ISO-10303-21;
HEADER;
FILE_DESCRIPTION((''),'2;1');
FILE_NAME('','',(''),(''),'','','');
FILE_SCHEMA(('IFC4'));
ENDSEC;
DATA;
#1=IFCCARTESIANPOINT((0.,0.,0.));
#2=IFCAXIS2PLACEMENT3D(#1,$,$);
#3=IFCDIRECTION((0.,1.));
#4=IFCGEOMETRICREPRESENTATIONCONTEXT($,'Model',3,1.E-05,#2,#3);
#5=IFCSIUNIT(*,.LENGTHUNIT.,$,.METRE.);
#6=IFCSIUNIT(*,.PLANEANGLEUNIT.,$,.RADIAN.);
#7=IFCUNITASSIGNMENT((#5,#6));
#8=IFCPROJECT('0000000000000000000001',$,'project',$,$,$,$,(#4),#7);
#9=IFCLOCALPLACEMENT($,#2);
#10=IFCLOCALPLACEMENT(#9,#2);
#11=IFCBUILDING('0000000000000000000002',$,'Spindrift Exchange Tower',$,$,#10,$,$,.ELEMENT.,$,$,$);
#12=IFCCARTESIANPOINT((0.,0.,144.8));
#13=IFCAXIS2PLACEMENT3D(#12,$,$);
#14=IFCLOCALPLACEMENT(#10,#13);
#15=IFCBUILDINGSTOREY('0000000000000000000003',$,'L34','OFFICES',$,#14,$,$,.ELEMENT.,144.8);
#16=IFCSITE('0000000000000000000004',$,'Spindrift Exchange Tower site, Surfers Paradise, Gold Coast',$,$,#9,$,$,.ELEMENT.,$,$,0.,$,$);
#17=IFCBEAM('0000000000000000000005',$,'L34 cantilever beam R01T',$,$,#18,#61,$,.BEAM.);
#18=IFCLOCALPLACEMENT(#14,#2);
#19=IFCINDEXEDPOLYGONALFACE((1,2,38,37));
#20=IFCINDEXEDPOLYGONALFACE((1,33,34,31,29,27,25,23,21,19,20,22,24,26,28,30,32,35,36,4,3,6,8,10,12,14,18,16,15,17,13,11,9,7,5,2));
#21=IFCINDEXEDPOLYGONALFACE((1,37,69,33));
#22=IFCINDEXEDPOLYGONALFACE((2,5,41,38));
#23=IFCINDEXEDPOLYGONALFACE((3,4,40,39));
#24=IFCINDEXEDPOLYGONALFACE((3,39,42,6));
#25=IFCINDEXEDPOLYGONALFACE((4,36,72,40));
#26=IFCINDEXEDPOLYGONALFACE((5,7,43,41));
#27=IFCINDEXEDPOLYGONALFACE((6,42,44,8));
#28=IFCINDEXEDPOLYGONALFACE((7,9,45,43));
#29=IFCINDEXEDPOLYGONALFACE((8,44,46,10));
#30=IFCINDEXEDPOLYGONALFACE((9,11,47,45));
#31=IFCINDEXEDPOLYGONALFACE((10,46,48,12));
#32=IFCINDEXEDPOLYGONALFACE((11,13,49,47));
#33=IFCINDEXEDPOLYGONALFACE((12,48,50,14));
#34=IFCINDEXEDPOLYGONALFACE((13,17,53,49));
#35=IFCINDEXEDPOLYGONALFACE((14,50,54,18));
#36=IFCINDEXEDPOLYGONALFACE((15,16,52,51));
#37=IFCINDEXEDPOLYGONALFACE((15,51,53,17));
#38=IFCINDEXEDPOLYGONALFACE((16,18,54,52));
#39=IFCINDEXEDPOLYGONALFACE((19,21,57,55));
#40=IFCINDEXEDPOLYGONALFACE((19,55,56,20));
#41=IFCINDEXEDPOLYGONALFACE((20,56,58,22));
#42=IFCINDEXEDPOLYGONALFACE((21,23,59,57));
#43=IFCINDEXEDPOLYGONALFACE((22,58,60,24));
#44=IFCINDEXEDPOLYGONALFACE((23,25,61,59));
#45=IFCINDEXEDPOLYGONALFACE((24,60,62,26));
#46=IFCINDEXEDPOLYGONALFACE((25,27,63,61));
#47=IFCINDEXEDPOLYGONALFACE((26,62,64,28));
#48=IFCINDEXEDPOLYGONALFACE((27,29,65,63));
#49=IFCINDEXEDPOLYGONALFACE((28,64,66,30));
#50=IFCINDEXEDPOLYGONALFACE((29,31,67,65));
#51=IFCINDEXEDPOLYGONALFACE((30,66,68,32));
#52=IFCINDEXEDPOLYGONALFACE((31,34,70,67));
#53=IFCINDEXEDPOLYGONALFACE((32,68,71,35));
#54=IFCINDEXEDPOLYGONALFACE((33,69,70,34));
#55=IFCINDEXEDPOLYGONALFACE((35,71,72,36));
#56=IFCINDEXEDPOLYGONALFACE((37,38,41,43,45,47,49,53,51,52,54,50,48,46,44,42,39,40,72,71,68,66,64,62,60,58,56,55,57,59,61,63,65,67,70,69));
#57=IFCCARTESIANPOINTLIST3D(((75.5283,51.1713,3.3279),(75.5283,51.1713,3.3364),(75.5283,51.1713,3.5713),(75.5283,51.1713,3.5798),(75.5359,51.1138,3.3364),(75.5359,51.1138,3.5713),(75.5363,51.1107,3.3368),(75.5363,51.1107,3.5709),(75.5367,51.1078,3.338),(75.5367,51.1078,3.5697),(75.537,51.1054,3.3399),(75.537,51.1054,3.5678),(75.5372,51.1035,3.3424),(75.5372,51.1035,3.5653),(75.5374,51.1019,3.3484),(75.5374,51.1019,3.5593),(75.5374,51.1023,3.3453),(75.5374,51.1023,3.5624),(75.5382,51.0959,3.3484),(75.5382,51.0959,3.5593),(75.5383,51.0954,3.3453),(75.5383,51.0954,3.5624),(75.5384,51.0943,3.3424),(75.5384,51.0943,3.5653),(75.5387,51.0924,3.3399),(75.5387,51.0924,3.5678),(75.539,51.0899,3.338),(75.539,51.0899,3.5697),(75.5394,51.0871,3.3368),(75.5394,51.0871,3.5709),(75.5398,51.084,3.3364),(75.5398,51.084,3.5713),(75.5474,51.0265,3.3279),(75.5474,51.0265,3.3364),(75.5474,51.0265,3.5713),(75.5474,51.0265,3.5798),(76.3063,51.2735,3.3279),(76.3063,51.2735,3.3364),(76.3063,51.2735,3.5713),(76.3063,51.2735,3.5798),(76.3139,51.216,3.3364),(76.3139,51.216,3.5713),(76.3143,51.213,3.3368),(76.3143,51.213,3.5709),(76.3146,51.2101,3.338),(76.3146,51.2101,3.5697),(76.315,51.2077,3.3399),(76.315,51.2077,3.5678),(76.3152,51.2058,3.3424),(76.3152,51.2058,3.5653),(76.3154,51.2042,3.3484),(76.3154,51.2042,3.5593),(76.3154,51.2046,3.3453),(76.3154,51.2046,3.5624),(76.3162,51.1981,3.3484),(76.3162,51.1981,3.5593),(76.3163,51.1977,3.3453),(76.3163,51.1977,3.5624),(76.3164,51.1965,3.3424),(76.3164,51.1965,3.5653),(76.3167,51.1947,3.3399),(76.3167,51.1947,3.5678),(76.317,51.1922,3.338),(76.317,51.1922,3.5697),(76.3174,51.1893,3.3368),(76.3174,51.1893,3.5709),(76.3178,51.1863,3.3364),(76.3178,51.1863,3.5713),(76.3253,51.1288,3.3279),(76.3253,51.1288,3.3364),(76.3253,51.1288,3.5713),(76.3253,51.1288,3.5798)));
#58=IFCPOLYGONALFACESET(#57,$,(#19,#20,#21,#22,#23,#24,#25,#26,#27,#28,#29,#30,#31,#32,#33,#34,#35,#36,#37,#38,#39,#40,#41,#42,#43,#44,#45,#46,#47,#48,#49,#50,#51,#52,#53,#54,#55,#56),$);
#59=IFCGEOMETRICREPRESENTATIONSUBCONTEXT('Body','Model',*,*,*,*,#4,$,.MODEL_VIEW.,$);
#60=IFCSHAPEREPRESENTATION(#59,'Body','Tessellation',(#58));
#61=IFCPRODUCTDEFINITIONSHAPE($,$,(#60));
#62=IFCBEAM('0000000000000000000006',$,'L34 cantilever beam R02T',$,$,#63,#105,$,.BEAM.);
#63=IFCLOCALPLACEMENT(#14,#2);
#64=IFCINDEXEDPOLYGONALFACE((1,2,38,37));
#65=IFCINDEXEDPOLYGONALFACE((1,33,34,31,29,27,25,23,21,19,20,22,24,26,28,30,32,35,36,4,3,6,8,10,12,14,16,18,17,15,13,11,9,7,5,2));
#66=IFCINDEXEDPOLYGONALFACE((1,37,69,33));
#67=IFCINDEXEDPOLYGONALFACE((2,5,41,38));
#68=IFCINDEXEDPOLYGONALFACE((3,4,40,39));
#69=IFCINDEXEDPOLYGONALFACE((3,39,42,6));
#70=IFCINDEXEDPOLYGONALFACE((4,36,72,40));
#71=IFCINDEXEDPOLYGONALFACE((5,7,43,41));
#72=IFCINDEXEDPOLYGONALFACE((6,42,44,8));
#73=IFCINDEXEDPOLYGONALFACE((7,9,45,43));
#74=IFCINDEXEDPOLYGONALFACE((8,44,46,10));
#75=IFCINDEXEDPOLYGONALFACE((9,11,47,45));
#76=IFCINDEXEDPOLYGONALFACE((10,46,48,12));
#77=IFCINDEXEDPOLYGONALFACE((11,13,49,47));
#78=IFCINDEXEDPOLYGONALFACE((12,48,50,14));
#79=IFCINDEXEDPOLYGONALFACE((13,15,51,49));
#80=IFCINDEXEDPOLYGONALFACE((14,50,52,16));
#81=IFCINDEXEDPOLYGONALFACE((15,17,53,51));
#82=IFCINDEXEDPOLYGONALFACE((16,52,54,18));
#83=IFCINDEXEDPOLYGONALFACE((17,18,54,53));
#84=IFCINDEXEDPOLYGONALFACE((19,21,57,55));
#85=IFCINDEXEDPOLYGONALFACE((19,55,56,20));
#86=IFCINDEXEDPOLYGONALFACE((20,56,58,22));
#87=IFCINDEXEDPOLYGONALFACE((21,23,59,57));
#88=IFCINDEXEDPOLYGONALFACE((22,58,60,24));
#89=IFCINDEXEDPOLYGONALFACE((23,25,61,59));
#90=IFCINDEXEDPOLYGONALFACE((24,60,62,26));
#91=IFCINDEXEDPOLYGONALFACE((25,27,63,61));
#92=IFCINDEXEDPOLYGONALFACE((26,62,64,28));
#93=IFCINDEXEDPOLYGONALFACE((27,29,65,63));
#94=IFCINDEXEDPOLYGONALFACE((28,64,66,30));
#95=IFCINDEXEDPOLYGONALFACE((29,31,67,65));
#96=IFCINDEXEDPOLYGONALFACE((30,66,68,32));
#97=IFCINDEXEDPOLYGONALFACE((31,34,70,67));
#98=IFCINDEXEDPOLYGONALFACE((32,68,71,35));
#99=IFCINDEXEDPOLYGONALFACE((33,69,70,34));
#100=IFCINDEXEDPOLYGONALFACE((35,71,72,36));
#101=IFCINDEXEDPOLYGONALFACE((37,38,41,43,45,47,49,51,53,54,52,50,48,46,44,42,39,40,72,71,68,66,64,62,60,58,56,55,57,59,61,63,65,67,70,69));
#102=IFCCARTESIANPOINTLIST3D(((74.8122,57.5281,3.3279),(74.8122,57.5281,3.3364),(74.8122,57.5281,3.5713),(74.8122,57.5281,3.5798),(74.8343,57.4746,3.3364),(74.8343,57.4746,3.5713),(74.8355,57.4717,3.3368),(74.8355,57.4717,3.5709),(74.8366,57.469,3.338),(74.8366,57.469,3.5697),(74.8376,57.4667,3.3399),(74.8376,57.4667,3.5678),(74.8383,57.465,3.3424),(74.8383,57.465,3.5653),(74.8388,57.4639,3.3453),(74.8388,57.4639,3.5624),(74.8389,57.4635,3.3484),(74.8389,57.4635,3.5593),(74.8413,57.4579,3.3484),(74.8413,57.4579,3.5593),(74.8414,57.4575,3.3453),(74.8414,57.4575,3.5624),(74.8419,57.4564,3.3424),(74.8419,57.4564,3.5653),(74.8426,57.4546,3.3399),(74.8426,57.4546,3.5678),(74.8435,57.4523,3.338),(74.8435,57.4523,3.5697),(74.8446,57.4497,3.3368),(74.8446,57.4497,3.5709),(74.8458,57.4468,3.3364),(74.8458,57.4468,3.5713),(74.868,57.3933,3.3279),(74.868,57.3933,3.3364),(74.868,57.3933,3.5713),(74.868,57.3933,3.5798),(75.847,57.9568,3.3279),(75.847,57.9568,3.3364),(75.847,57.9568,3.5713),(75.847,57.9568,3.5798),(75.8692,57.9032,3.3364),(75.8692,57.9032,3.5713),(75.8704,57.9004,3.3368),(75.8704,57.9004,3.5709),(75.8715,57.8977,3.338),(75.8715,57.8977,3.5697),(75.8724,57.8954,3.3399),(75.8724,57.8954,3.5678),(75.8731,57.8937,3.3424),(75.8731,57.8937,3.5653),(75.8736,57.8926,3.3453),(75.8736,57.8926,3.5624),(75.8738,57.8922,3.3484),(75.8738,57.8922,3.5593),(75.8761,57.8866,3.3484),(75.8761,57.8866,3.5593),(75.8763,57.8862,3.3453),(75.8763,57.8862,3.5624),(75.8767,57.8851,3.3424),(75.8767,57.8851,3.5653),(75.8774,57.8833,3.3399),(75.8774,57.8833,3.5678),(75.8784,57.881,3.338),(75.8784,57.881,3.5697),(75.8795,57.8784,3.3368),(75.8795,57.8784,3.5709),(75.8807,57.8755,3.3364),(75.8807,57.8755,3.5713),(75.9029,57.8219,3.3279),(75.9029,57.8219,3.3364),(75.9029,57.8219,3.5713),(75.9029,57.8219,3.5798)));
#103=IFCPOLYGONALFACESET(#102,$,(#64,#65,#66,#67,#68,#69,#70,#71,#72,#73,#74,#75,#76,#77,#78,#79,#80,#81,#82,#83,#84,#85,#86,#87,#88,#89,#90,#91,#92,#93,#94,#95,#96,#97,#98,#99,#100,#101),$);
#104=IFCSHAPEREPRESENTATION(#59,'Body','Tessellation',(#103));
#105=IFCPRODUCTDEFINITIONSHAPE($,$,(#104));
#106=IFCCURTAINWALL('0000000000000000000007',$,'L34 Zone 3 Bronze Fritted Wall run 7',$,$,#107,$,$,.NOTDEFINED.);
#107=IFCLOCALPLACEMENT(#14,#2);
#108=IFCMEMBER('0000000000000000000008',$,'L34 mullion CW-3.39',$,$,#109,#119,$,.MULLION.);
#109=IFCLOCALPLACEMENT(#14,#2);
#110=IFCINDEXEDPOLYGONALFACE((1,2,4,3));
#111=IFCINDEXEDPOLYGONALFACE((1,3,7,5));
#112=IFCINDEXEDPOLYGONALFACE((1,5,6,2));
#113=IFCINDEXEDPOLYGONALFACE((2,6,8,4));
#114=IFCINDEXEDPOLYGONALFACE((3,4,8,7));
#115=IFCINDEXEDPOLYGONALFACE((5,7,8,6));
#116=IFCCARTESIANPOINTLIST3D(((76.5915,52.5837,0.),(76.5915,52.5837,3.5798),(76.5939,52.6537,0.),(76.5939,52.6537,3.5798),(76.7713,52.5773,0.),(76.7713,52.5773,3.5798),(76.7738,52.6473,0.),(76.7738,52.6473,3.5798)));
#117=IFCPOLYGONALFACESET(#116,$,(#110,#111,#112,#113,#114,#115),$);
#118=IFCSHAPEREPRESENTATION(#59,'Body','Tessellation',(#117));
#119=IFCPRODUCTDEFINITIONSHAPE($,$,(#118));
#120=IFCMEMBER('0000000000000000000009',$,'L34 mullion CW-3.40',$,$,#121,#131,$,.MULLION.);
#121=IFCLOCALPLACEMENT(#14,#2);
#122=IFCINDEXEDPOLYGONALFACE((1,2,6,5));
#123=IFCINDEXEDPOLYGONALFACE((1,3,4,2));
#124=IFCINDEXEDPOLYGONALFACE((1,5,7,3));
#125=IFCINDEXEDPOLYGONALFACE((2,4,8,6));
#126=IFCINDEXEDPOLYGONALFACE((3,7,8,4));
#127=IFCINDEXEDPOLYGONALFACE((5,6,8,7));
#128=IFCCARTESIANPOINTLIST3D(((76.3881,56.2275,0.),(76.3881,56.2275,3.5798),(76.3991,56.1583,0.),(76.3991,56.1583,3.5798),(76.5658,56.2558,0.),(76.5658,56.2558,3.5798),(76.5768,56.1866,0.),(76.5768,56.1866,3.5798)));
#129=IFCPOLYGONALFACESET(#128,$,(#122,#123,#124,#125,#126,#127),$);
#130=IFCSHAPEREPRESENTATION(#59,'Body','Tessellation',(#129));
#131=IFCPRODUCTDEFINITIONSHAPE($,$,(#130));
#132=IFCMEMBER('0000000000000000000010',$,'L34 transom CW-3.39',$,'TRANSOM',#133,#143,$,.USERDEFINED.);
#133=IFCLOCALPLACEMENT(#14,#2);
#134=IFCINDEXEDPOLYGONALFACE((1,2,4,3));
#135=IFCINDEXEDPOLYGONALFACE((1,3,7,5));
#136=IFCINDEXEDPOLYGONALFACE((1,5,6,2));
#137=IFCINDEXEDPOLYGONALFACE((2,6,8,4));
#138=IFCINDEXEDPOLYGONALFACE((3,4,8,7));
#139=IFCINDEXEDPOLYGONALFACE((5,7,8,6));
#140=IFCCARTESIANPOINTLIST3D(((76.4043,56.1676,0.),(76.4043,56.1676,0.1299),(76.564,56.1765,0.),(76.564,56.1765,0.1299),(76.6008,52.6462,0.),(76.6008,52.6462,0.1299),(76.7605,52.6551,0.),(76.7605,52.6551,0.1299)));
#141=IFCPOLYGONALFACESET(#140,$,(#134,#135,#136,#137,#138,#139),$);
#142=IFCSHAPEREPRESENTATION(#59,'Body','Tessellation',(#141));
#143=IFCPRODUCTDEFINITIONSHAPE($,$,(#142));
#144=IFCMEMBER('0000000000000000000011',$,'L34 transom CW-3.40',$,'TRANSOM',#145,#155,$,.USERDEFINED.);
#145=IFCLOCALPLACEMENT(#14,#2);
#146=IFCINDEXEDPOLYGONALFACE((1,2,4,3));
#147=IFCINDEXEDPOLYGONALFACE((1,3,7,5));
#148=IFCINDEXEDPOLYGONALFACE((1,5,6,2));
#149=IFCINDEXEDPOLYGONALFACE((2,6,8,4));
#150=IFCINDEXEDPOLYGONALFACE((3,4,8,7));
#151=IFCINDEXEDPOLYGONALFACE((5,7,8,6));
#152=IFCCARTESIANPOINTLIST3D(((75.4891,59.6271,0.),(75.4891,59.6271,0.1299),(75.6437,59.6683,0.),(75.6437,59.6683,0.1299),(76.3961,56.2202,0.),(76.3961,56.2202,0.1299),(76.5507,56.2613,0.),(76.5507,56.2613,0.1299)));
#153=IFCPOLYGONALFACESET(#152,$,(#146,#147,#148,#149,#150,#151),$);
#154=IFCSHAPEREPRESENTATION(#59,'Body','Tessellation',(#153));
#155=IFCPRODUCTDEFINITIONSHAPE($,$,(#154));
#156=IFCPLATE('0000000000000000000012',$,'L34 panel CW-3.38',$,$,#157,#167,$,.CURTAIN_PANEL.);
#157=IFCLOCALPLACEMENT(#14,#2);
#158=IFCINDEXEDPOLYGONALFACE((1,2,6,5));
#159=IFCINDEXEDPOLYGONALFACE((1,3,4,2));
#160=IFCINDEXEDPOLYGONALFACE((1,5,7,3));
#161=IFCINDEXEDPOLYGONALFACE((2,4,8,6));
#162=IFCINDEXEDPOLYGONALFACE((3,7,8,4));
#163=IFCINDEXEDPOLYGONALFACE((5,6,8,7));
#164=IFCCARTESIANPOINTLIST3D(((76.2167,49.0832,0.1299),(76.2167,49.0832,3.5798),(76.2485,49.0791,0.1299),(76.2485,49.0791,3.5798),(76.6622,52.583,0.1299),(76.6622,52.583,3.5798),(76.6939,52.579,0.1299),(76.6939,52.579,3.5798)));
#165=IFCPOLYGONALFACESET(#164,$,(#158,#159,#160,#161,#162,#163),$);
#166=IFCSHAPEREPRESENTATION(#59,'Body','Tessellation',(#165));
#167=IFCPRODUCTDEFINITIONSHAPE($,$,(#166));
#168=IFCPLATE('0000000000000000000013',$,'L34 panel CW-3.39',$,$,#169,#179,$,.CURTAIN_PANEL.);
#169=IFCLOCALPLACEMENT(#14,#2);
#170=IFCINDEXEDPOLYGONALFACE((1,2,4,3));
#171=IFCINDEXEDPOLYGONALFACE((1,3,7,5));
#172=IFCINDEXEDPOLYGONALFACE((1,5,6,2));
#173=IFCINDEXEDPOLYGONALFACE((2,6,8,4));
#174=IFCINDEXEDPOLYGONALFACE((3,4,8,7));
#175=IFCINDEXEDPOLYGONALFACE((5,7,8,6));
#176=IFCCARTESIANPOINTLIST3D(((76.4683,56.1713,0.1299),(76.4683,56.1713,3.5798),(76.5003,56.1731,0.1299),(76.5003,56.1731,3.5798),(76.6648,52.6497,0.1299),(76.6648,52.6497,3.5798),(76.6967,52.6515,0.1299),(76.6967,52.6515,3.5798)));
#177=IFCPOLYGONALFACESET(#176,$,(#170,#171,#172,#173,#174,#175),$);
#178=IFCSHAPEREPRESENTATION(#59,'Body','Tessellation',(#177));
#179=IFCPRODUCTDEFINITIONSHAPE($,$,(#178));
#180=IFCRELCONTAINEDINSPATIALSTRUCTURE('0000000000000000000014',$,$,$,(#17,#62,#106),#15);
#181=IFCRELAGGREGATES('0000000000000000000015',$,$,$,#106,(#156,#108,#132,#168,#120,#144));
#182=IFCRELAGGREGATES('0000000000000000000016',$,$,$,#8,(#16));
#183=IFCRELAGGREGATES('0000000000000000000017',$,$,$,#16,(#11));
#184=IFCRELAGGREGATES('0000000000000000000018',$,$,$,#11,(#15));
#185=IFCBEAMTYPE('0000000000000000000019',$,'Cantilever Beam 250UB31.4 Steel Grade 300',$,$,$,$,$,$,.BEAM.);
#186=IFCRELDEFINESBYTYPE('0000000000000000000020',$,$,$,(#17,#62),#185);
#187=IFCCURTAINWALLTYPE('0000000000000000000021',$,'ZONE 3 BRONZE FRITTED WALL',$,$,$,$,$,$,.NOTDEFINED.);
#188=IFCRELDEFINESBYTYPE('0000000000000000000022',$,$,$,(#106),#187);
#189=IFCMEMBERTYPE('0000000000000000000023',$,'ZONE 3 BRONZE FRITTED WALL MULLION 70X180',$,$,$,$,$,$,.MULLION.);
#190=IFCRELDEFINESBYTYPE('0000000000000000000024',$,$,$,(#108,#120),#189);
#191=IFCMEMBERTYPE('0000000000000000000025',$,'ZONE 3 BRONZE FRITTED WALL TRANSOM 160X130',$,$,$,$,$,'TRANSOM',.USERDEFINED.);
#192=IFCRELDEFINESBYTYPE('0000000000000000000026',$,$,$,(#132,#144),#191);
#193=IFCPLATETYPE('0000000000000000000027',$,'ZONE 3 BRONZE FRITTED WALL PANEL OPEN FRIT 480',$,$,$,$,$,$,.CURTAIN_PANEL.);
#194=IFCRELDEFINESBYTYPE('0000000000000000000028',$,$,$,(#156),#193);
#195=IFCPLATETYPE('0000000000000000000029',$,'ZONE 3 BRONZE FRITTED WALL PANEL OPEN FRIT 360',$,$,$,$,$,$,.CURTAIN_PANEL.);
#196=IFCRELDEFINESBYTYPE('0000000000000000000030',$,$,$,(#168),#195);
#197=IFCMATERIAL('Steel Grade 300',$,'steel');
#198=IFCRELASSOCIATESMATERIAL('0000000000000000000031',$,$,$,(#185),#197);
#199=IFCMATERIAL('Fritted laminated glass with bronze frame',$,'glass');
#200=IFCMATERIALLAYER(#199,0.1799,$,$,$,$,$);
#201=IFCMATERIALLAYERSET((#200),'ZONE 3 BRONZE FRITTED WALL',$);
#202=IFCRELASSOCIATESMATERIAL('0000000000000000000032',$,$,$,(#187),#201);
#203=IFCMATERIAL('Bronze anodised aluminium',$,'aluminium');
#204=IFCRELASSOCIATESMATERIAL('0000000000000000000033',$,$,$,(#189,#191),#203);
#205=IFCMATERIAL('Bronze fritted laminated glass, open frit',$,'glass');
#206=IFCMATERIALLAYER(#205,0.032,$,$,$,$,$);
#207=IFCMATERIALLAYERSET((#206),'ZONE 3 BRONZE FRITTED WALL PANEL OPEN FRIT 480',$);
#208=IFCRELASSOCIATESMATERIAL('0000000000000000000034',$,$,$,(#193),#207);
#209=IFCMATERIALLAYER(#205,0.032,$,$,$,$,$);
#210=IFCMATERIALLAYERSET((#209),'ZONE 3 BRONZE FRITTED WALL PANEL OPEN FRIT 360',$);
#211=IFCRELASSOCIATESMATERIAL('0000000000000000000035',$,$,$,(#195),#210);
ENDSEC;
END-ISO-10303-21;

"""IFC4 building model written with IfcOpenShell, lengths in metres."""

from ifc_helpers import new_model, si_unit, direction, frame, origin, origin_2d, place, context, subcontext, project, spatial, rectangle, i_section, extrude, source, transform, mapped, material, layer, layer_set, material_profile, profile_set, type_object, element, aggregate, save


model = new_model("IFC4")

# Units and contexts
model_context = context("Model", 3, precision=1e-05, world=origin(), true_north=direction((0.0, 1.0)))
body_context = subcontext(model_context, "Body", "Model", "MODEL_VIEW")
ifc_project = project(units=[si_unit("LENGTHUNIT", "METRE"), si_unit("PLANEANGLEUNIT", "RADIAN")], contexts=[model_context])

# Site, building, storey
site_placement = place(None, origin())
site = spatial("IfcSite", under=ifc_project, at=site_placement, Name="Spindrift Exchange Tower site, Surfers Paradise, Gold Coast", CompositionType="ELEMENT", RefElevation=0.0)
building_placement = place(site_placement, origin())
building = spatial("IfcBuilding", under=site, at=building_placement, Name="Spindrift Exchange Tower", CompositionType="ELEMENT")
storey_placement = place(building_placement, frame((0.0, 0.0, 144.8)))
storey = spatial("IfcBuildingStorey", under=building, at=storey_placement, Name="L34", Description="OFFICES", CompositionType="ELEMENT", Elevation=144.8)

# Beams
ifc_material_1 = material(Name="Steel Grade 300", Category="steel")
ifc_material_profile_1 = material_profile(ifc_material_1, i_section(OverallWidth=0.146, OverallDepth=0.252, WebThickness=0.0061, FlangeThickness=0.0085, FilletRadius=0.012, at=origin_2d()), Name="250UB31.4")
ifc_profile_set_1 = profile_set([ifc_material_profile_1], Name="Steel Grade 300")
beam_type_1 = type_object("IfcBeamType", Name="Cantilever Beam 250UB31.4 Steel Grade 300", PredefinedType="BEAM", material=ifc_profile_set_1)
shared_shape_1 = source(origin(), body_context, "Body", "SweptSolid", [
    extrude(i_section(OverallWidth=0.146, OverallDepth=0.252, WebThickness=0.0061, FlangeThickness=0.0085, FilletRadius=0.012, at=origin_2d()), origin(), (0.0, 0.0, 1.0), 0.7847),
])
beam_1_placement = place(storey_placement, frame((75.5378, 51.0989, 3.4539), z_axis=(0.991468, 0.13035, 0.0), x_axis=(-0.13035, 0.991468, 0.0)))
element("IfcBeam", 1, at=beam_1_placement, inside=storey, type_object=beam_type_1, Name="L34 cantilever beam R01T", PredefinedType="BEAM", context=body_context, shape_type="MappedRepresentation", body=[
    mapped(shared_shape_1, transform((0.0, 0.0, 0.0), scale=1.0)),
])
shared_shape_2 = source(origin(), body_context, "Body", "SweptSolid", [
    extrude(i_section(OverallWidth=0.146, OverallDepth=0.252, WebThickness=0.0061, FlangeThickness=0.0085, FilletRadius=0.012, at=origin_2d()), origin(), (0.0, 0.0, 1.0), 1.1201),
])
beam_2_placement = place(storey_placement, frame((74.8401, 57.4607, 3.4539), z_axis=(0.923868, 0.382711, 0.0), x_axis=(-0.382711, 0.923868, 0.0)))
element("IfcBeam", 2, at=beam_2_placement, inside=storey, type_object=beam_type_1, Name="L34 cantilever beam R02T", PredefinedType="BEAM", context=body_context, shape_type="MappedRepresentation", body=[
    mapped(shared_shape_2, transform((0.0, 0.0, 0.0), scale=1.0)),
])

# Curtain wall, members, plates
ifc_material_2 = material(Name="Fritted laminated glass with bronze frame", Category="glass")
ifc_layer_1 = layer(ifc_material_2, 0.1799)
ifc_layer_set_1 = layer_set([ifc_layer_1], Name="ZONE 3 BRONZE FRITTED WALL")
curtain_wall_type = type_object("IfcCurtainWallType", Name="ZONE 3 BRONZE FRITTED WALL", PredefinedType="NOTDEFINED", material=ifc_layer_set_1)
curtain_wall_placement = place(storey_placement, origin())
curtain_wall = element("IfcCurtainWall", 3, at=curtain_wall_placement, inside=storey, type_object=curtain_wall_type, Name="L34 Zone 3 Bronze Fritted Wall run 7", PredefinedType="NOTDEFINED")
ifc_material_3 = material(Name="Bronze anodised aluminium", Category="aluminium")
ifc_material_profile_2 = material_profile(ifc_material_3, rectangle(XDim=0.0701, YDim=0.1799, at=origin_2d()), Name="ZONE 3 BRONZE FRITTED WALL MULLION 70X180")
ifc_profile_set_2 = profile_set([ifc_material_profile_2], Name="Bronze anodised aluminium")
member_type_1 = type_object("IfcMemberType", Name="ZONE 3 BRONZE FRITTED WALL MULLION 70X180", PredefinedType="MULLION", material=ifc_profile_set_2)
shared_shape_3 = source(origin(), body_context, "Body", "SweptSolid", [
    extrude(rectangle(XDim=0.0701, YDim=0.1799, at=origin_2d()), origin(), (0.0, 0.0, 1.0), 3.5798),
])
member_1_placement = place(storey_placement, frame((76.6826, 52.6155, 0.0), z_axis=(0.0, 0.0, 1.0), x_axis=(0.035435, 0.999372, 0.0)))
member_1 = element("IfcMember", 4, at=member_1_placement, type_object=member_type_1, Name="L34 mullion CW-3.39", PredefinedType="MULLION", context=body_context, shape_type="MappedRepresentation", body=[
    mapped(shared_shape_3, transform((0.0, 0.0, 0.0), scale=1.0)),
])
member_2_placement = place(storey_placement, frame((76.4824, 56.207, 0.0), z_axis=(0.0, 0.0, 1.0), x_axis=(-0.15728, 0.987554, 0.0)))
member_2 = element("IfcMember", 5, at=member_2_placement, type_object=member_type_1, Name="L34 mullion CW-3.40", PredefinedType="MULLION", context=body_context, shape_type="MappedRepresentation", body=[
    mapped(shared_shape_3, transform((0.0, 0.0, 0.0), scale=1.0)),
])
ifc_material_profile_3 = material_profile(ifc_material_3, rectangle(XDim=0.1599, YDim=0.1299, at=origin_2d()), Name="ZONE 3 BRONZE FRITTED WALL TRANSOM 160X130")
ifc_profile_set_3 = profile_set([ifc_material_profile_3], Name="Bronze anodised aluminium")
member_type_2 = type_object("IfcMemberType", Name="ZONE 3 BRONZE FRITTED WALL TRANSOM 160X130", ElementType="TRANSOM", PredefinedType="USERDEFINED", material=ifc_profile_set_3)
shared_shape_4 = source(origin(), body_context, "Body", "SweptSolid", [
    extrude(rectangle(XDim=0.1599, YDim=0.1299, at=origin_2d()), origin(), (0.0, 0.0, 1.0), 3.5269),
])
member_3_placement = place(storey_placement, frame((76.6807, 52.6506, 0.0649), z_axis=(-0.055723, 0.998446, 0.0), x_axis=(-0.998446, -0.055723, 0.0)))
member_3 = element("IfcMember", 6, at=member_3_placement, type_object=member_type_2, Name="L34 transom CW-3.39", ObjectType="TRANSOM", PredefinedType="USERDEFINED", context=body_context, shape_type="MappedRepresentation", body=[
    mapped(shared_shape_4, transform((0.0, 0.0, 0.0), scale=1.0)),
])
shared_shape_5 = source(origin(), body_context, "Body", "SweptSolid", [
    extrude(rectangle(XDim=0.1599, YDim=0.1299, at=origin_2d()), origin(), (0.0, 0.0, 1.0), 3.5256),
])
member_4_placement = place(storey_placement, frame((76.4734, 56.2407, 0.0649), z_axis=(-0.257253, 0.966344, 0.0), x_axis=(-0.966344, -0.257253, 0.0)))
member_4 = element("IfcMember", 7, at=member_4_placement, type_object=member_type_2, Name="L34 transom CW-3.40", ObjectType="TRANSOM", PredefinedType="USERDEFINED", context=body_context, shape_type="MappedRepresentation", body=[
    mapped(shared_shape_5, transform((0.0, 0.0, 0.0), scale=1.0)),
])
ifc_material_4 = material(Name="Bronze fritted laminated glass, open frit", Category="glass")
ifc_layer_2 = layer(ifc_material_4, 0.032)
ifc_layer_set_2 = layer_set([ifc_layer_2], Name="ZONE 3 BRONZE FRITTED WALL PANEL OPEN FRIT 480")
plate_type_1 = type_object("IfcPlateType", Name="ZONE 3 BRONZE FRITTED WALL PANEL OPEN FRIT 480", PredefinedType="CURTAIN_PANEL", material=ifc_layer_set_2)
shared_shape_6 = source(origin(), body_context, "Body", "SweptSolid", [
    extrude(rectangle(XDim=3.5281, YDim=0.032, at=origin_2d()), origin(), (0.0, 0.0, 1.0), 3.45),
])
plate_1_placement = place(storey_placement, frame((76.4553, 50.8311, 0.1299), z_axis=(0.0, 0.0, 1.0), x_axis=(0.126261, 0.991997, 0.0)))
plate_1 = element("IfcPlate", 8, at=plate_1_placement, type_object=plate_type_1, Name="L34 panel CW-3.38", PredefinedType="CURTAIN_PANEL", context=body_context, shape_type="MappedRepresentation", body=[
    mapped(shared_shape_6, transform((0.0, 0.0, 0.0), scale=1.0)),
])
ifc_layer_3 = layer(ifc_material_4, 0.032)
ifc_layer_set_3 = layer_set([ifc_layer_3], Name="ZONE 3 BRONZE FRITTED WALL PANEL OPEN FRIT 360")
plate_type_2 = type_object("IfcPlateType", Name="ZONE 3 BRONZE FRITTED WALL PANEL OPEN FRIT 360", PredefinedType="CURTAIN_PANEL", material=ifc_layer_set_3)
shared_shape_7 = source(origin(), body_context, "Body", "SweptSolid", [
    extrude(rectangle(XDim=3.5271, YDim=0.032, at=origin_2d()), origin(), (0.0, 0.0, 1.0), 3.45),
])
plate_2_placement = place(storey_placement, frame((76.5825, 54.4114, 0.1299), z_axis=(0.0, 0.0, 1.0), x_axis=(-0.055686, 0.998448, 0.0)))
plate_2 = element("IfcPlate", 9, at=plate_2_placement, type_object=plate_type_2, Name="L34 panel CW-3.39", PredefinedType="CURTAIN_PANEL", context=body_context, shape_type="MappedRepresentation", body=[
    mapped(shared_shape_7, transform((0.0, 0.0, 0.0), scale=1.0)),
])
aggregate(curtain_wall, [plate_1, member_1, member_3, plate_2, member_2, member_4])

save(model, "model.ifc")
